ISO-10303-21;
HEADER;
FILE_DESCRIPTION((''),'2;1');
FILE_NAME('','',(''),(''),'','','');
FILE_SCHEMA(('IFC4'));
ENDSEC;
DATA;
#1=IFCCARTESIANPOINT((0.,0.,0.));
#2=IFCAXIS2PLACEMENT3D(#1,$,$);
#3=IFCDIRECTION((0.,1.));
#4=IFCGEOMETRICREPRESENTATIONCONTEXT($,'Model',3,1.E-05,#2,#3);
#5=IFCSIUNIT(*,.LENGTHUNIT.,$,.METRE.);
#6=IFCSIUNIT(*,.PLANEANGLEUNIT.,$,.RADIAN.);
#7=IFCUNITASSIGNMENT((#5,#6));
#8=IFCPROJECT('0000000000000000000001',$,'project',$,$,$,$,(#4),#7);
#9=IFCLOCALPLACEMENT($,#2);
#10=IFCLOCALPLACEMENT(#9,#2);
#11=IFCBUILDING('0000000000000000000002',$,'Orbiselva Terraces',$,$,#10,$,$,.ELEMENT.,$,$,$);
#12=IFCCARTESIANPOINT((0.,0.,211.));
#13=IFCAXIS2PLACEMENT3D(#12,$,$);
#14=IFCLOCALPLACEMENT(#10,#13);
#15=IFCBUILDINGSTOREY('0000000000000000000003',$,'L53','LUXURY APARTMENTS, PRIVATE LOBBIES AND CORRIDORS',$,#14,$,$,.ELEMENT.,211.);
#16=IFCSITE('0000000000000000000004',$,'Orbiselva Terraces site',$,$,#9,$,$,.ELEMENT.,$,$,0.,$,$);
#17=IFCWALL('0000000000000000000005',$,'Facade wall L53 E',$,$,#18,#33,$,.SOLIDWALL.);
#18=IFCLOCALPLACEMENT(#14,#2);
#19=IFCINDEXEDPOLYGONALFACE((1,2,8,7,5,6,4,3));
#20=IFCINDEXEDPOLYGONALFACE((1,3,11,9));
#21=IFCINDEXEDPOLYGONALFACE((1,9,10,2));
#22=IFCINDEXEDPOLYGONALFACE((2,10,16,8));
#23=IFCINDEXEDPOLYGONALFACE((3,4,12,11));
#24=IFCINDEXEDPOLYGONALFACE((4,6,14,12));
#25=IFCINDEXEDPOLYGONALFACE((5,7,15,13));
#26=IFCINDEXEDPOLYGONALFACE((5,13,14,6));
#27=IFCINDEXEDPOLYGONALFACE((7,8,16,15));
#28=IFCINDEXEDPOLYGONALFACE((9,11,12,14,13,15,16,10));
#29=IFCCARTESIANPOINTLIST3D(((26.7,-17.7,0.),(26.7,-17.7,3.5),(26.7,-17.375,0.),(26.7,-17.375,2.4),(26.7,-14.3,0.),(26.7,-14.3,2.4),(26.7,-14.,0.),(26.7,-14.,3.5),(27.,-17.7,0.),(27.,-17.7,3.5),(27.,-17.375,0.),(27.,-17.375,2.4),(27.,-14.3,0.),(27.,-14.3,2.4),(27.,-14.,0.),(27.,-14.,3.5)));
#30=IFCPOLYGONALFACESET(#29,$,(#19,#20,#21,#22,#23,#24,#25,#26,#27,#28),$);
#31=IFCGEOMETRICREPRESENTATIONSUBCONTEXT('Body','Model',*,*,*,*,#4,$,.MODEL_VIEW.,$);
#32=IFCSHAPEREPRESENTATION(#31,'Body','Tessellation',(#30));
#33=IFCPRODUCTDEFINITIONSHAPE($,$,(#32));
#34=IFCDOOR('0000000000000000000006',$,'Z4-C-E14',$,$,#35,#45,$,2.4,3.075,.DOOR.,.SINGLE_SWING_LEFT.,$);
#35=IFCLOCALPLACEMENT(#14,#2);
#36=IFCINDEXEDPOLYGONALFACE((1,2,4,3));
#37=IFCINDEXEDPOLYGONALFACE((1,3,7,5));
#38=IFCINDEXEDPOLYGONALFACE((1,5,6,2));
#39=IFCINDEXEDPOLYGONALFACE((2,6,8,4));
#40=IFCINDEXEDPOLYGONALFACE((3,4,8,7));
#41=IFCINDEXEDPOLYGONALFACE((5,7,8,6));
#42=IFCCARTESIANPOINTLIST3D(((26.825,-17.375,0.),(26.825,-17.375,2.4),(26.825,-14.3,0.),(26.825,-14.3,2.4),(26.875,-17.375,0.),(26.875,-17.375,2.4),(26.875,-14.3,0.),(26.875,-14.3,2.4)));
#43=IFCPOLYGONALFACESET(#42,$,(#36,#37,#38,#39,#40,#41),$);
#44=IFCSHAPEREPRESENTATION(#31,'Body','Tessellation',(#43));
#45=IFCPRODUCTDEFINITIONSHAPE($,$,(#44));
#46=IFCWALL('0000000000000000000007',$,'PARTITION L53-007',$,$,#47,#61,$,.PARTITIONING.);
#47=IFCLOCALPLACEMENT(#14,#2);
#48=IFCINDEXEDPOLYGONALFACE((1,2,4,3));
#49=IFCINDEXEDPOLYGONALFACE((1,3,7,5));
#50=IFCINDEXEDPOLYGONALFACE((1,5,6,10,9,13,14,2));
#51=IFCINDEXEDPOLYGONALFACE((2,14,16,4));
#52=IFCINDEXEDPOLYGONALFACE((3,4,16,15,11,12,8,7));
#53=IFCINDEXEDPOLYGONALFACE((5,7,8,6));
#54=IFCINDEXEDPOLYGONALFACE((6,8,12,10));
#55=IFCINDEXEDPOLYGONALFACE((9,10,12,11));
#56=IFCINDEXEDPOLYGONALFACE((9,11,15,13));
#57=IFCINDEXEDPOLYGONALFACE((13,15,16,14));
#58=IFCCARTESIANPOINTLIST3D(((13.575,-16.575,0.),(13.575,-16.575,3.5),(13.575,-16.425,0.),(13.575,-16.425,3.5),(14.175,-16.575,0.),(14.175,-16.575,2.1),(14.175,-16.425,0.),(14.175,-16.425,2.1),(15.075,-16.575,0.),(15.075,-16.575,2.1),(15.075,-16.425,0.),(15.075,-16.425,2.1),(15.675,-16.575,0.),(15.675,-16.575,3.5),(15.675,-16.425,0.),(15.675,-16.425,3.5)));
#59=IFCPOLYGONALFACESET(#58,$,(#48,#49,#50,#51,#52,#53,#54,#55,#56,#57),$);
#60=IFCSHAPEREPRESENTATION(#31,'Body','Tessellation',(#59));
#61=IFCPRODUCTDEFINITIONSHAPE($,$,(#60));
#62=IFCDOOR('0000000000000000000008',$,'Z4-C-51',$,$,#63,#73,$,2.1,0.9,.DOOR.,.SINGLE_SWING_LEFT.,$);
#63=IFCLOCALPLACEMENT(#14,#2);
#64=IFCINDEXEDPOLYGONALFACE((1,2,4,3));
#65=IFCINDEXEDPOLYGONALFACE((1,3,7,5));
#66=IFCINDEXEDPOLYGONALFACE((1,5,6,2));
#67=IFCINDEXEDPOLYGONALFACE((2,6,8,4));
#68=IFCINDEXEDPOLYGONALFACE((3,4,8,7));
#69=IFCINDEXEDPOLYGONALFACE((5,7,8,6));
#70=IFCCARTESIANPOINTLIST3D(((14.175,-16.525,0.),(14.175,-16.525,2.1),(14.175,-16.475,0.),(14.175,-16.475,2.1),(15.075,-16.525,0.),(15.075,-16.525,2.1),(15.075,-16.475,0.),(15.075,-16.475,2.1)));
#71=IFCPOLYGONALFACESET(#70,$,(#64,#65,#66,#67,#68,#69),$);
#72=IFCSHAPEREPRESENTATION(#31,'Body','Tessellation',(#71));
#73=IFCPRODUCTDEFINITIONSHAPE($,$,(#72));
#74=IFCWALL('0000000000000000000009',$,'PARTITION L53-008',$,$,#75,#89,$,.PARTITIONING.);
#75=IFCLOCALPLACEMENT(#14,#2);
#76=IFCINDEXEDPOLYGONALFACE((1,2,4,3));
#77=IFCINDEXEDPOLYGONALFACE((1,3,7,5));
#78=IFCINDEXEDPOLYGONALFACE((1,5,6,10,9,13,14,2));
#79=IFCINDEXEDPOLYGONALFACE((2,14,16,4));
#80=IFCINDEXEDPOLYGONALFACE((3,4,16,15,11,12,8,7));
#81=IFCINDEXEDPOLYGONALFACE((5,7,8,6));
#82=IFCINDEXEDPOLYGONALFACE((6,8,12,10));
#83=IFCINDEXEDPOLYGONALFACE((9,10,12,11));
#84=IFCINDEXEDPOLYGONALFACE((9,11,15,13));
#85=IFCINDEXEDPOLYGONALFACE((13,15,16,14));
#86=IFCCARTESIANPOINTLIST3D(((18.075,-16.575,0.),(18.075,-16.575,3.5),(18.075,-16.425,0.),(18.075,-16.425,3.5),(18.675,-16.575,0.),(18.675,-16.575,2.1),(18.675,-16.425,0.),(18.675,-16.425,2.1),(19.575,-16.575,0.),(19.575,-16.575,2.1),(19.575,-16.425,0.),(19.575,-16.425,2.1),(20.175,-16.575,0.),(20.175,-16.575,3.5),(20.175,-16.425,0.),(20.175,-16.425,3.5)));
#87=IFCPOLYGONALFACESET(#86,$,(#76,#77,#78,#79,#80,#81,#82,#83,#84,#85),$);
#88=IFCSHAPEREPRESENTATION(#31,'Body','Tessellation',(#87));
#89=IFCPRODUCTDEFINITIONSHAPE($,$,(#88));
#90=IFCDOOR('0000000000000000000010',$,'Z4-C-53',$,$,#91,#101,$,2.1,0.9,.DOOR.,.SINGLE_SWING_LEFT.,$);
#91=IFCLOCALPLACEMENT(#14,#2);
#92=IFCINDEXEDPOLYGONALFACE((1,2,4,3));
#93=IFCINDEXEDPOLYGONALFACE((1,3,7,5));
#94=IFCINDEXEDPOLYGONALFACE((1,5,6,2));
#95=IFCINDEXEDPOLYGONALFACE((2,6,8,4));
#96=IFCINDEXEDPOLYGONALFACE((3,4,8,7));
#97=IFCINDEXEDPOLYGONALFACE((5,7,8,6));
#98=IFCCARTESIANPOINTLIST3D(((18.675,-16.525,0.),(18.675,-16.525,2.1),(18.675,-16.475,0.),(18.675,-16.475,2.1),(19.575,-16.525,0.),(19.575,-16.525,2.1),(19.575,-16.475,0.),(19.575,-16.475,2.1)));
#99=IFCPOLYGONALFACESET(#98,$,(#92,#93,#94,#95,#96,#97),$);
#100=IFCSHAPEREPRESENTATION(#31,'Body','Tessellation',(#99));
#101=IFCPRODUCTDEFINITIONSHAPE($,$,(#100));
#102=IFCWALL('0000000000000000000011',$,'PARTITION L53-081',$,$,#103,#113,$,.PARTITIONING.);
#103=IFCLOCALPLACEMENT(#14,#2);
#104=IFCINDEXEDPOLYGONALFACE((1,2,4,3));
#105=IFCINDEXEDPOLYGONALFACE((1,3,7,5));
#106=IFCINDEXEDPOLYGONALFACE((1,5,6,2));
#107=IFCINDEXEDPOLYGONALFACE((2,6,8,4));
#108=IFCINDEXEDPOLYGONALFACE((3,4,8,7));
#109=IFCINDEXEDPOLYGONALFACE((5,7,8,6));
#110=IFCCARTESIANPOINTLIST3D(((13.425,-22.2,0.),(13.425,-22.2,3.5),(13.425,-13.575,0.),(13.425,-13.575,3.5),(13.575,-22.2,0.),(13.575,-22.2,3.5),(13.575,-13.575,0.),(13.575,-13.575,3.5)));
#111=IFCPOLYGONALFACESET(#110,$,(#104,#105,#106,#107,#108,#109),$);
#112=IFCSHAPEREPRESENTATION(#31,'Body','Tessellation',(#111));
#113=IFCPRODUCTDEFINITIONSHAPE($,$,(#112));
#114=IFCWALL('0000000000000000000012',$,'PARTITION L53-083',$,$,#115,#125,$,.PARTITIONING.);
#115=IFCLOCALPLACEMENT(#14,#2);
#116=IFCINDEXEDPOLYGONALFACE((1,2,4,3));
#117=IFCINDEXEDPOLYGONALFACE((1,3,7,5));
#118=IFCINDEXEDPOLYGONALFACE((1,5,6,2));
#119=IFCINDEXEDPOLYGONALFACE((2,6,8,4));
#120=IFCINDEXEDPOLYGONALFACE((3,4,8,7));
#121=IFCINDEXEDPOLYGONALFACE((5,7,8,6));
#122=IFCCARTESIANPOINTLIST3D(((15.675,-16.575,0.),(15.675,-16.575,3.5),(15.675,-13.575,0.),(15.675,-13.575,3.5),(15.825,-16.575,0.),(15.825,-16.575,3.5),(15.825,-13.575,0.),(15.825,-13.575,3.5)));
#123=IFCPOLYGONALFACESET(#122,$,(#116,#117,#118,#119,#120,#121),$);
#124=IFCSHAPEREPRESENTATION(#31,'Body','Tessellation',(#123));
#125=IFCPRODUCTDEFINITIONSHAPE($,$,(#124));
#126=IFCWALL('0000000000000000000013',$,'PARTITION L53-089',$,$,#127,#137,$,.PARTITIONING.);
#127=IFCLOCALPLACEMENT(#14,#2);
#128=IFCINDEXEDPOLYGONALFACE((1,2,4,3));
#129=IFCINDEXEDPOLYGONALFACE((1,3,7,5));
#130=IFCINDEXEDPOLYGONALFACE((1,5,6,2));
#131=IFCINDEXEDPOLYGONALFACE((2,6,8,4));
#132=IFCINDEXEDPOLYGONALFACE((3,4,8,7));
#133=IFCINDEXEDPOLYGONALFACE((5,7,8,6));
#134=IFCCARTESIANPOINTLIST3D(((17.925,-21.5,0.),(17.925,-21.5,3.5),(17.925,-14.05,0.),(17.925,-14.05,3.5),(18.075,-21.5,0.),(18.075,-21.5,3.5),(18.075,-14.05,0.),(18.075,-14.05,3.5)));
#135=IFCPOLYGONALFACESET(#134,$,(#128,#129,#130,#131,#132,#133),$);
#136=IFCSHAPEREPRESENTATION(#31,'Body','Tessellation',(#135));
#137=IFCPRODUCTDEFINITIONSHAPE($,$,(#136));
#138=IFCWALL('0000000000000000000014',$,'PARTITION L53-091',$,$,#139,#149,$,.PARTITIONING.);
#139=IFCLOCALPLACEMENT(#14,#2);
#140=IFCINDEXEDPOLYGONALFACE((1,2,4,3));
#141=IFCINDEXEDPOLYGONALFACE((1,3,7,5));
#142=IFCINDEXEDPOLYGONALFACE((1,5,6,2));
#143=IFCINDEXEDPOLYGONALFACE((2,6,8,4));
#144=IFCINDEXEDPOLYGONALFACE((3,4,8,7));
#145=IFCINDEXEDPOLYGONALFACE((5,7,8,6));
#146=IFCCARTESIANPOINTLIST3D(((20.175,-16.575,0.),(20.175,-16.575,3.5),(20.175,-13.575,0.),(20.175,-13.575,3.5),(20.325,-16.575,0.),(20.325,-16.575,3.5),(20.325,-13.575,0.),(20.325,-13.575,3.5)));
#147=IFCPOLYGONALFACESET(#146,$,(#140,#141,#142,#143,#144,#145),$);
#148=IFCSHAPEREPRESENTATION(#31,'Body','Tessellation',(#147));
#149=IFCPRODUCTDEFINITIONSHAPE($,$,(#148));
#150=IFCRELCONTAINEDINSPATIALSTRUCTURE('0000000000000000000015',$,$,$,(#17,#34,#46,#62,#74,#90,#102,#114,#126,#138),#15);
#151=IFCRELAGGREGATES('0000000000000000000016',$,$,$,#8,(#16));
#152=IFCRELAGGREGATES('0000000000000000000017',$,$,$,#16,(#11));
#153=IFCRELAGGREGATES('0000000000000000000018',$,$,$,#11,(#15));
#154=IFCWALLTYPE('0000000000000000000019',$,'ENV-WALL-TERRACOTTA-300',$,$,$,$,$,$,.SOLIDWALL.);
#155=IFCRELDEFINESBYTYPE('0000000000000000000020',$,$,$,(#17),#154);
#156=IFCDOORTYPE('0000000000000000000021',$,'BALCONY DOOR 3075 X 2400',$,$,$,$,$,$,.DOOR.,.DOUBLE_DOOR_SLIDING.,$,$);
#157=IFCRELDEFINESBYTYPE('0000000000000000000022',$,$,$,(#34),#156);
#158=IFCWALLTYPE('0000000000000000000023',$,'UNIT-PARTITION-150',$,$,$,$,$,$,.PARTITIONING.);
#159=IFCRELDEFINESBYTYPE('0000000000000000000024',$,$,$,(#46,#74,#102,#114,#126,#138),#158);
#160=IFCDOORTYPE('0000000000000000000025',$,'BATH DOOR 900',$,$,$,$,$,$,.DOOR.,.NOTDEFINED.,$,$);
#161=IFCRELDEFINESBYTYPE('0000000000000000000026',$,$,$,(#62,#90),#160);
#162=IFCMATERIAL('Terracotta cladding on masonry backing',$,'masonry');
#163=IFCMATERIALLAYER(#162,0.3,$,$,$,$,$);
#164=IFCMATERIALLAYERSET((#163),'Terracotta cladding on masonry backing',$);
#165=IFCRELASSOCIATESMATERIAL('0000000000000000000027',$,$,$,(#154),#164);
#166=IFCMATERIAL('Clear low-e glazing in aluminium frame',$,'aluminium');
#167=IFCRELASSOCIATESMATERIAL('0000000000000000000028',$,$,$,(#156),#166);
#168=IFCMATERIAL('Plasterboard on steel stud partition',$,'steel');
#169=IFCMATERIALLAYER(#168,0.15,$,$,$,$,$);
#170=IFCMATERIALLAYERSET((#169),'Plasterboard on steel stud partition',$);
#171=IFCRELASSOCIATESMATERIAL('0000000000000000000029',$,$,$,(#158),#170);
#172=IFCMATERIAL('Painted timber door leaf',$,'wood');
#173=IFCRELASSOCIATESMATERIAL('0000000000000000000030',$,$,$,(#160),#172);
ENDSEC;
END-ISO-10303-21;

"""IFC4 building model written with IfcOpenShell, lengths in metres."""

from ifc_helpers import new_model, si_unit, direction, frame, frame_2d, origin, place, context, subcontext, project, spatial, rectangle, extrude, material, layer, layer_set, type_object, element, fill, save


model = new_model("IFC4")

# Units and contexts
model_context = context("Model", 3, precision=1e-05, world=origin(), true_north=direction((0.0, 1.0)))
body_context = subcontext(model_context, "Body", "Model", "MODEL_VIEW")
ifc_project = project(units=[si_unit("LENGTHUNIT", "METRE"), si_unit("PLANEANGLEUNIT", "RADIAN")], contexts=[model_context])

# Site, building, storey
site_placement = place(None, origin())
site = spatial("IfcSite", under=ifc_project, at=site_placement, Name="Orbiselva Terraces site", CompositionType="ELEMENT", RefElevation=0.0)
building_placement = place(site_placement, origin())
building = spatial("IfcBuilding", under=site, at=building_placement, Name="Orbiselva Terraces", CompositionType="ELEMENT")
storey_placement = place(building_placement, frame((0.0, 0.0, 211.0)))
storey = spatial("IfcBuildingStorey", under=building, at=storey_placement, Name="L53", Description="LUXURY APARTMENTS, PRIVATE LOBBIES AND CORRIDORS", CompositionType="ELEMENT", Elevation=211.0)

# Shared definitions
ifc_material_1 = material(Name="Terracotta cladding on masonry backing", Category="masonry")
ifc_layer_1 = layer(ifc_material_1, 0.3)
ifc_layer_set_1 = layer_set([ifc_layer_1], Name="Terracotta cladding on masonry backing")
wall_type_1 = type_object("IfcWallType", Name="ENV-WALL-TERRACOTTA-300", PredefinedType="SOLIDWALL", material=ifc_layer_set_1)
ifc_material_2 = material(Name="Clear low-e glazing in aluminium frame", Category="aluminium")
door_type_1 = type_object("IfcDoorType", Name="BALCONY DOOR 3075 X 2400", OperationType="DOUBLE_DOOR_SLIDING", PredefinedType="DOOR", material=ifc_material_2)

# Walls, openings, doors
wall_1_placement = place(storey_placement, frame((26.85, -14.0, 0.0), z_axis=(0.0, 0.0, 1.0), x_axis=(0.0, -1.0, 0.0)))
wall_1 = element("IfcWall", 1, at=wall_1_placement, inside=storey, type_object=wall_type_1, Name="Facade wall L53 E", PredefinedType="SOLIDWALL", context=body_context, shape_type="SweptSolid", body=[
    extrude(rectangle(XDim=3.7, YDim=0.3, at=frame_2d((1.85, 0.0))), origin(), (0.0, 0.0, 1.0), 3.5),
])
opening_1_placement = place(wall_1_placement, frame((0.3, 0.0, 0.0)))
opening_1 = element("IfcOpeningElement", 2, at=opening_1_placement, cuts=wall_1, PredefinedType="OPENING", context=body_context, shape_type="SweptSolid", body=[
    extrude(rectangle(XDim=3.075, YDim=2.4, at=frame_2d((1.5375, 1.2))), frame((0.0, 0.16, 0.0), z_axis=(0.0, -1.0, 0.0), x_axis=(1.0, 0.0, 0.0)), (0.0, 0.0, 1.0), 0.32),
])
door_1_placement = place(opening_1_placement, origin())
door_1 = element("IfcDoor", 3, at=door_1_placement, inside=storey, type_object=door_type_1, Name="Z4-C-E14", OperationType="SINGLE_SWING_LEFT", OverallHeight=2.4, OverallWidth=3.075, PredefinedType="DOOR", context=body_context, shape_type="SweptSolid", body=[
    extrude(rectangle(XDim=3.075, YDim=2.4, at=frame_2d((1.5375, 1.2))), frame((0.0, 0.025, 0.0), z_axis=(0.0, -1.0, 0.0), x_axis=(1.0, 0.0, 0.0)), (0.0, 0.0, 1.0), 0.05),
])
fill(opening_1, door_1)
ifc_material_3 = material(Name="Plasterboard on steel stud partition", Category="steel")
ifc_layer_2 = layer(ifc_material_3, 0.15)
ifc_layer_set_2 = layer_set([ifc_layer_2], Name="Plasterboard on steel stud partition")
wall_type_2 = type_object("IfcWallType", Name="UNIT-PARTITION-150", PredefinedType="PARTITIONING", material=ifc_layer_set_2)
wall_2_placement = place(storey_placement, frame((13.575, -16.5, 0.0), z_axis=(0.0, 0.0, 1.0), x_axis=(1.0, 0.0, 0.0)))
wall_2 = element("IfcWall", 4, at=wall_2_placement, inside=storey, type_object=wall_type_2, Name="PARTITION L53-007", PredefinedType="PARTITIONING", context=body_context, shape_type="SweptSolid", body=[
    extrude(rectangle(XDim=2.1, YDim=0.15, at=frame_2d((1.05, 0.0))), origin(), (0.0, 0.0, 1.0), 3.5),
])
opening_2_placement = place(wall_2_placement, frame((0.6, 0.0, 0.0)))
opening_2 = element("IfcOpeningElement", 5, at=opening_2_placement, cuts=wall_2, PredefinedType="OPENING", context=body_context, shape_type="SweptSolid", body=[
    extrude(rectangle(XDim=0.9, YDim=2.1, at=frame_2d((0.45, 1.05))), frame((0.0, 0.085, 0.0), z_axis=(0.0, -1.0, 0.0), x_axis=(1.0, 0.0, 0.0)), (0.0, 0.0, 1.0), 0.17),
])
ifc_material_4 = material(Name="Painted timber door leaf", Category="wood")
door_type_2 = type_object("IfcDoorType", Name="BATH DOOR 900", OperationType="NOTDEFINED", PredefinedType="DOOR", material=ifc_material_4)
door_2_placement = place(opening_2_placement, origin())
door_2 = element("IfcDoor", 6, at=door_2_placement, inside=storey, type_object=door_type_2, Name="Z4-C-51", OperationType="SINGLE_SWING_LEFT", OverallHeight=2.1, OverallWidth=0.9, PredefinedType="DOOR", context=body_context, shape_type="SweptSolid", body=[
    extrude(rectangle(XDim=0.9, YDim=2.1, at=frame_2d((0.45, 1.05))), frame((0.0, 0.025, 0.0), z_axis=(0.0, -1.0, 0.0), x_axis=(1.0, 0.0, 0.0)), (0.0, 0.0, 1.0), 0.05),
])
fill(opening_2, door_2)
wall_3_placement = place(storey_placement, frame((18.075, -16.5, 0.0), z_axis=(0.0, 0.0, 1.0), x_axis=(1.0, 0.0, 0.0)))
wall_3 = element("IfcWall", 7, at=wall_3_placement, inside=storey, type_object=wall_type_2, Name="PARTITION L53-008", PredefinedType="PARTITIONING", context=body_context, shape_type="SweptSolid", body=[
    extrude(rectangle(XDim=2.1, YDim=0.15, at=frame_2d((1.05, 0.0))), origin(), (0.0, 0.0, 1.0), 3.5),
])
opening_3_placement = place(wall_3_placement, frame((0.6, 0.0, 0.0)))
opening_3 = element("IfcOpeningElement", 8, at=opening_3_placement, cuts=wall_3, PredefinedType="OPENING", context=body_context, shape_type="SweptSolid", body=[
    extrude(rectangle(XDim=0.9, YDim=2.1, at=frame_2d((0.45, 1.05))), frame((0.0, 0.085, 0.0), z_axis=(0.0, -1.0, 0.0), x_axis=(1.0, 0.0, 0.0)), (0.0, 0.0, 1.0), 0.17),
])
door_3_placement = place(opening_3_placement, origin())
door_3 = element("IfcDoor", 9, at=door_3_placement, inside=storey, type_object=door_type_2, Name="Z4-C-53", OperationType="SINGLE_SWING_LEFT", OverallHeight=2.1, OverallWidth=0.9, PredefinedType="DOOR", context=body_context, shape_type="SweptSolid", body=[
    extrude(rectangle(XDim=0.9, YDim=2.1, at=frame_2d((0.45, 1.05))), frame((0.0, 0.025, 0.0), z_axis=(0.0, -1.0, 0.0), x_axis=(1.0, 0.0, 0.0)), (0.0, 0.0, 1.0), 0.05),
])
fill(opening_3, door_3)

# Walls
wall_4_placement = place(storey_placement, frame((13.5, -22.2, 0.0), z_axis=(0.0, 0.0, 1.0), x_axis=(0.0, 1.0, 0.0)))
element("IfcWall", 10, at=wall_4_placement, inside=storey, type_object=wall_type_2, Name="PARTITION L53-081", PredefinedType="PARTITIONING", context=body_context, shape_type="SweptSolid", body=[
    extrude(rectangle(XDim=8.625, YDim=0.15, at=frame_2d((4.3125, 0.0))), origin(), (0.0, 0.0, 1.0), 3.5),
])
wall_5_placement = place(storey_placement, frame((15.75, -16.575, 0.0), z_axis=(0.0, 0.0, 1.0), x_axis=(0.0, 1.0, 0.0)))
element("IfcWall", 11, at=wall_5_placement, inside=storey, type_object=wall_type_2, Name="PARTITION L53-083", PredefinedType="PARTITIONING", context=body_context, shape_type="SweptSolid", body=[
    extrude(rectangle(XDim=3.0, YDim=0.15, at=frame_2d((1.5, 0.0))), origin(), (0.0, 0.0, 1.0), 3.5),
])
wall_6_placement = place(storey_placement, frame((18.0, -21.5, 0.0), z_axis=(0.0, 0.0, 1.0), x_axis=(0.0, 1.0, 0.0)))
element("IfcWall", 12, at=wall_6_placement, inside=storey, type_object=wall_type_2, Name="PARTITION L53-089", PredefinedType="PARTITIONING", context=body_context, shape_type="SweptSolid", body=[
    extrude(rectangle(XDim=7.45, YDim=0.15, at=frame_2d((3.725, 0.0))), origin(), (0.0, 0.0, 1.0), 3.5),
])
wall_7_placement = place(storey_placement, frame((20.25, -16.575, 0.0), z_axis=(0.0, 0.0, 1.0), x_axis=(0.0, 1.0, 0.0)))
element("IfcWall", 13, at=wall_7_placement, inside=storey, type_object=wall_type_2, Name="PARTITION L53-091", PredefinedType="PARTITIONING", context=body_context, shape_type="SweptSolid", body=[
    extrude(rectangle(XDim=3.0, YDim=0.15, at=frame_2d((1.5, 0.0))), origin(), (0.0, 0.0, 1.0), 3.5),
])

save(model, "model.ifc")
